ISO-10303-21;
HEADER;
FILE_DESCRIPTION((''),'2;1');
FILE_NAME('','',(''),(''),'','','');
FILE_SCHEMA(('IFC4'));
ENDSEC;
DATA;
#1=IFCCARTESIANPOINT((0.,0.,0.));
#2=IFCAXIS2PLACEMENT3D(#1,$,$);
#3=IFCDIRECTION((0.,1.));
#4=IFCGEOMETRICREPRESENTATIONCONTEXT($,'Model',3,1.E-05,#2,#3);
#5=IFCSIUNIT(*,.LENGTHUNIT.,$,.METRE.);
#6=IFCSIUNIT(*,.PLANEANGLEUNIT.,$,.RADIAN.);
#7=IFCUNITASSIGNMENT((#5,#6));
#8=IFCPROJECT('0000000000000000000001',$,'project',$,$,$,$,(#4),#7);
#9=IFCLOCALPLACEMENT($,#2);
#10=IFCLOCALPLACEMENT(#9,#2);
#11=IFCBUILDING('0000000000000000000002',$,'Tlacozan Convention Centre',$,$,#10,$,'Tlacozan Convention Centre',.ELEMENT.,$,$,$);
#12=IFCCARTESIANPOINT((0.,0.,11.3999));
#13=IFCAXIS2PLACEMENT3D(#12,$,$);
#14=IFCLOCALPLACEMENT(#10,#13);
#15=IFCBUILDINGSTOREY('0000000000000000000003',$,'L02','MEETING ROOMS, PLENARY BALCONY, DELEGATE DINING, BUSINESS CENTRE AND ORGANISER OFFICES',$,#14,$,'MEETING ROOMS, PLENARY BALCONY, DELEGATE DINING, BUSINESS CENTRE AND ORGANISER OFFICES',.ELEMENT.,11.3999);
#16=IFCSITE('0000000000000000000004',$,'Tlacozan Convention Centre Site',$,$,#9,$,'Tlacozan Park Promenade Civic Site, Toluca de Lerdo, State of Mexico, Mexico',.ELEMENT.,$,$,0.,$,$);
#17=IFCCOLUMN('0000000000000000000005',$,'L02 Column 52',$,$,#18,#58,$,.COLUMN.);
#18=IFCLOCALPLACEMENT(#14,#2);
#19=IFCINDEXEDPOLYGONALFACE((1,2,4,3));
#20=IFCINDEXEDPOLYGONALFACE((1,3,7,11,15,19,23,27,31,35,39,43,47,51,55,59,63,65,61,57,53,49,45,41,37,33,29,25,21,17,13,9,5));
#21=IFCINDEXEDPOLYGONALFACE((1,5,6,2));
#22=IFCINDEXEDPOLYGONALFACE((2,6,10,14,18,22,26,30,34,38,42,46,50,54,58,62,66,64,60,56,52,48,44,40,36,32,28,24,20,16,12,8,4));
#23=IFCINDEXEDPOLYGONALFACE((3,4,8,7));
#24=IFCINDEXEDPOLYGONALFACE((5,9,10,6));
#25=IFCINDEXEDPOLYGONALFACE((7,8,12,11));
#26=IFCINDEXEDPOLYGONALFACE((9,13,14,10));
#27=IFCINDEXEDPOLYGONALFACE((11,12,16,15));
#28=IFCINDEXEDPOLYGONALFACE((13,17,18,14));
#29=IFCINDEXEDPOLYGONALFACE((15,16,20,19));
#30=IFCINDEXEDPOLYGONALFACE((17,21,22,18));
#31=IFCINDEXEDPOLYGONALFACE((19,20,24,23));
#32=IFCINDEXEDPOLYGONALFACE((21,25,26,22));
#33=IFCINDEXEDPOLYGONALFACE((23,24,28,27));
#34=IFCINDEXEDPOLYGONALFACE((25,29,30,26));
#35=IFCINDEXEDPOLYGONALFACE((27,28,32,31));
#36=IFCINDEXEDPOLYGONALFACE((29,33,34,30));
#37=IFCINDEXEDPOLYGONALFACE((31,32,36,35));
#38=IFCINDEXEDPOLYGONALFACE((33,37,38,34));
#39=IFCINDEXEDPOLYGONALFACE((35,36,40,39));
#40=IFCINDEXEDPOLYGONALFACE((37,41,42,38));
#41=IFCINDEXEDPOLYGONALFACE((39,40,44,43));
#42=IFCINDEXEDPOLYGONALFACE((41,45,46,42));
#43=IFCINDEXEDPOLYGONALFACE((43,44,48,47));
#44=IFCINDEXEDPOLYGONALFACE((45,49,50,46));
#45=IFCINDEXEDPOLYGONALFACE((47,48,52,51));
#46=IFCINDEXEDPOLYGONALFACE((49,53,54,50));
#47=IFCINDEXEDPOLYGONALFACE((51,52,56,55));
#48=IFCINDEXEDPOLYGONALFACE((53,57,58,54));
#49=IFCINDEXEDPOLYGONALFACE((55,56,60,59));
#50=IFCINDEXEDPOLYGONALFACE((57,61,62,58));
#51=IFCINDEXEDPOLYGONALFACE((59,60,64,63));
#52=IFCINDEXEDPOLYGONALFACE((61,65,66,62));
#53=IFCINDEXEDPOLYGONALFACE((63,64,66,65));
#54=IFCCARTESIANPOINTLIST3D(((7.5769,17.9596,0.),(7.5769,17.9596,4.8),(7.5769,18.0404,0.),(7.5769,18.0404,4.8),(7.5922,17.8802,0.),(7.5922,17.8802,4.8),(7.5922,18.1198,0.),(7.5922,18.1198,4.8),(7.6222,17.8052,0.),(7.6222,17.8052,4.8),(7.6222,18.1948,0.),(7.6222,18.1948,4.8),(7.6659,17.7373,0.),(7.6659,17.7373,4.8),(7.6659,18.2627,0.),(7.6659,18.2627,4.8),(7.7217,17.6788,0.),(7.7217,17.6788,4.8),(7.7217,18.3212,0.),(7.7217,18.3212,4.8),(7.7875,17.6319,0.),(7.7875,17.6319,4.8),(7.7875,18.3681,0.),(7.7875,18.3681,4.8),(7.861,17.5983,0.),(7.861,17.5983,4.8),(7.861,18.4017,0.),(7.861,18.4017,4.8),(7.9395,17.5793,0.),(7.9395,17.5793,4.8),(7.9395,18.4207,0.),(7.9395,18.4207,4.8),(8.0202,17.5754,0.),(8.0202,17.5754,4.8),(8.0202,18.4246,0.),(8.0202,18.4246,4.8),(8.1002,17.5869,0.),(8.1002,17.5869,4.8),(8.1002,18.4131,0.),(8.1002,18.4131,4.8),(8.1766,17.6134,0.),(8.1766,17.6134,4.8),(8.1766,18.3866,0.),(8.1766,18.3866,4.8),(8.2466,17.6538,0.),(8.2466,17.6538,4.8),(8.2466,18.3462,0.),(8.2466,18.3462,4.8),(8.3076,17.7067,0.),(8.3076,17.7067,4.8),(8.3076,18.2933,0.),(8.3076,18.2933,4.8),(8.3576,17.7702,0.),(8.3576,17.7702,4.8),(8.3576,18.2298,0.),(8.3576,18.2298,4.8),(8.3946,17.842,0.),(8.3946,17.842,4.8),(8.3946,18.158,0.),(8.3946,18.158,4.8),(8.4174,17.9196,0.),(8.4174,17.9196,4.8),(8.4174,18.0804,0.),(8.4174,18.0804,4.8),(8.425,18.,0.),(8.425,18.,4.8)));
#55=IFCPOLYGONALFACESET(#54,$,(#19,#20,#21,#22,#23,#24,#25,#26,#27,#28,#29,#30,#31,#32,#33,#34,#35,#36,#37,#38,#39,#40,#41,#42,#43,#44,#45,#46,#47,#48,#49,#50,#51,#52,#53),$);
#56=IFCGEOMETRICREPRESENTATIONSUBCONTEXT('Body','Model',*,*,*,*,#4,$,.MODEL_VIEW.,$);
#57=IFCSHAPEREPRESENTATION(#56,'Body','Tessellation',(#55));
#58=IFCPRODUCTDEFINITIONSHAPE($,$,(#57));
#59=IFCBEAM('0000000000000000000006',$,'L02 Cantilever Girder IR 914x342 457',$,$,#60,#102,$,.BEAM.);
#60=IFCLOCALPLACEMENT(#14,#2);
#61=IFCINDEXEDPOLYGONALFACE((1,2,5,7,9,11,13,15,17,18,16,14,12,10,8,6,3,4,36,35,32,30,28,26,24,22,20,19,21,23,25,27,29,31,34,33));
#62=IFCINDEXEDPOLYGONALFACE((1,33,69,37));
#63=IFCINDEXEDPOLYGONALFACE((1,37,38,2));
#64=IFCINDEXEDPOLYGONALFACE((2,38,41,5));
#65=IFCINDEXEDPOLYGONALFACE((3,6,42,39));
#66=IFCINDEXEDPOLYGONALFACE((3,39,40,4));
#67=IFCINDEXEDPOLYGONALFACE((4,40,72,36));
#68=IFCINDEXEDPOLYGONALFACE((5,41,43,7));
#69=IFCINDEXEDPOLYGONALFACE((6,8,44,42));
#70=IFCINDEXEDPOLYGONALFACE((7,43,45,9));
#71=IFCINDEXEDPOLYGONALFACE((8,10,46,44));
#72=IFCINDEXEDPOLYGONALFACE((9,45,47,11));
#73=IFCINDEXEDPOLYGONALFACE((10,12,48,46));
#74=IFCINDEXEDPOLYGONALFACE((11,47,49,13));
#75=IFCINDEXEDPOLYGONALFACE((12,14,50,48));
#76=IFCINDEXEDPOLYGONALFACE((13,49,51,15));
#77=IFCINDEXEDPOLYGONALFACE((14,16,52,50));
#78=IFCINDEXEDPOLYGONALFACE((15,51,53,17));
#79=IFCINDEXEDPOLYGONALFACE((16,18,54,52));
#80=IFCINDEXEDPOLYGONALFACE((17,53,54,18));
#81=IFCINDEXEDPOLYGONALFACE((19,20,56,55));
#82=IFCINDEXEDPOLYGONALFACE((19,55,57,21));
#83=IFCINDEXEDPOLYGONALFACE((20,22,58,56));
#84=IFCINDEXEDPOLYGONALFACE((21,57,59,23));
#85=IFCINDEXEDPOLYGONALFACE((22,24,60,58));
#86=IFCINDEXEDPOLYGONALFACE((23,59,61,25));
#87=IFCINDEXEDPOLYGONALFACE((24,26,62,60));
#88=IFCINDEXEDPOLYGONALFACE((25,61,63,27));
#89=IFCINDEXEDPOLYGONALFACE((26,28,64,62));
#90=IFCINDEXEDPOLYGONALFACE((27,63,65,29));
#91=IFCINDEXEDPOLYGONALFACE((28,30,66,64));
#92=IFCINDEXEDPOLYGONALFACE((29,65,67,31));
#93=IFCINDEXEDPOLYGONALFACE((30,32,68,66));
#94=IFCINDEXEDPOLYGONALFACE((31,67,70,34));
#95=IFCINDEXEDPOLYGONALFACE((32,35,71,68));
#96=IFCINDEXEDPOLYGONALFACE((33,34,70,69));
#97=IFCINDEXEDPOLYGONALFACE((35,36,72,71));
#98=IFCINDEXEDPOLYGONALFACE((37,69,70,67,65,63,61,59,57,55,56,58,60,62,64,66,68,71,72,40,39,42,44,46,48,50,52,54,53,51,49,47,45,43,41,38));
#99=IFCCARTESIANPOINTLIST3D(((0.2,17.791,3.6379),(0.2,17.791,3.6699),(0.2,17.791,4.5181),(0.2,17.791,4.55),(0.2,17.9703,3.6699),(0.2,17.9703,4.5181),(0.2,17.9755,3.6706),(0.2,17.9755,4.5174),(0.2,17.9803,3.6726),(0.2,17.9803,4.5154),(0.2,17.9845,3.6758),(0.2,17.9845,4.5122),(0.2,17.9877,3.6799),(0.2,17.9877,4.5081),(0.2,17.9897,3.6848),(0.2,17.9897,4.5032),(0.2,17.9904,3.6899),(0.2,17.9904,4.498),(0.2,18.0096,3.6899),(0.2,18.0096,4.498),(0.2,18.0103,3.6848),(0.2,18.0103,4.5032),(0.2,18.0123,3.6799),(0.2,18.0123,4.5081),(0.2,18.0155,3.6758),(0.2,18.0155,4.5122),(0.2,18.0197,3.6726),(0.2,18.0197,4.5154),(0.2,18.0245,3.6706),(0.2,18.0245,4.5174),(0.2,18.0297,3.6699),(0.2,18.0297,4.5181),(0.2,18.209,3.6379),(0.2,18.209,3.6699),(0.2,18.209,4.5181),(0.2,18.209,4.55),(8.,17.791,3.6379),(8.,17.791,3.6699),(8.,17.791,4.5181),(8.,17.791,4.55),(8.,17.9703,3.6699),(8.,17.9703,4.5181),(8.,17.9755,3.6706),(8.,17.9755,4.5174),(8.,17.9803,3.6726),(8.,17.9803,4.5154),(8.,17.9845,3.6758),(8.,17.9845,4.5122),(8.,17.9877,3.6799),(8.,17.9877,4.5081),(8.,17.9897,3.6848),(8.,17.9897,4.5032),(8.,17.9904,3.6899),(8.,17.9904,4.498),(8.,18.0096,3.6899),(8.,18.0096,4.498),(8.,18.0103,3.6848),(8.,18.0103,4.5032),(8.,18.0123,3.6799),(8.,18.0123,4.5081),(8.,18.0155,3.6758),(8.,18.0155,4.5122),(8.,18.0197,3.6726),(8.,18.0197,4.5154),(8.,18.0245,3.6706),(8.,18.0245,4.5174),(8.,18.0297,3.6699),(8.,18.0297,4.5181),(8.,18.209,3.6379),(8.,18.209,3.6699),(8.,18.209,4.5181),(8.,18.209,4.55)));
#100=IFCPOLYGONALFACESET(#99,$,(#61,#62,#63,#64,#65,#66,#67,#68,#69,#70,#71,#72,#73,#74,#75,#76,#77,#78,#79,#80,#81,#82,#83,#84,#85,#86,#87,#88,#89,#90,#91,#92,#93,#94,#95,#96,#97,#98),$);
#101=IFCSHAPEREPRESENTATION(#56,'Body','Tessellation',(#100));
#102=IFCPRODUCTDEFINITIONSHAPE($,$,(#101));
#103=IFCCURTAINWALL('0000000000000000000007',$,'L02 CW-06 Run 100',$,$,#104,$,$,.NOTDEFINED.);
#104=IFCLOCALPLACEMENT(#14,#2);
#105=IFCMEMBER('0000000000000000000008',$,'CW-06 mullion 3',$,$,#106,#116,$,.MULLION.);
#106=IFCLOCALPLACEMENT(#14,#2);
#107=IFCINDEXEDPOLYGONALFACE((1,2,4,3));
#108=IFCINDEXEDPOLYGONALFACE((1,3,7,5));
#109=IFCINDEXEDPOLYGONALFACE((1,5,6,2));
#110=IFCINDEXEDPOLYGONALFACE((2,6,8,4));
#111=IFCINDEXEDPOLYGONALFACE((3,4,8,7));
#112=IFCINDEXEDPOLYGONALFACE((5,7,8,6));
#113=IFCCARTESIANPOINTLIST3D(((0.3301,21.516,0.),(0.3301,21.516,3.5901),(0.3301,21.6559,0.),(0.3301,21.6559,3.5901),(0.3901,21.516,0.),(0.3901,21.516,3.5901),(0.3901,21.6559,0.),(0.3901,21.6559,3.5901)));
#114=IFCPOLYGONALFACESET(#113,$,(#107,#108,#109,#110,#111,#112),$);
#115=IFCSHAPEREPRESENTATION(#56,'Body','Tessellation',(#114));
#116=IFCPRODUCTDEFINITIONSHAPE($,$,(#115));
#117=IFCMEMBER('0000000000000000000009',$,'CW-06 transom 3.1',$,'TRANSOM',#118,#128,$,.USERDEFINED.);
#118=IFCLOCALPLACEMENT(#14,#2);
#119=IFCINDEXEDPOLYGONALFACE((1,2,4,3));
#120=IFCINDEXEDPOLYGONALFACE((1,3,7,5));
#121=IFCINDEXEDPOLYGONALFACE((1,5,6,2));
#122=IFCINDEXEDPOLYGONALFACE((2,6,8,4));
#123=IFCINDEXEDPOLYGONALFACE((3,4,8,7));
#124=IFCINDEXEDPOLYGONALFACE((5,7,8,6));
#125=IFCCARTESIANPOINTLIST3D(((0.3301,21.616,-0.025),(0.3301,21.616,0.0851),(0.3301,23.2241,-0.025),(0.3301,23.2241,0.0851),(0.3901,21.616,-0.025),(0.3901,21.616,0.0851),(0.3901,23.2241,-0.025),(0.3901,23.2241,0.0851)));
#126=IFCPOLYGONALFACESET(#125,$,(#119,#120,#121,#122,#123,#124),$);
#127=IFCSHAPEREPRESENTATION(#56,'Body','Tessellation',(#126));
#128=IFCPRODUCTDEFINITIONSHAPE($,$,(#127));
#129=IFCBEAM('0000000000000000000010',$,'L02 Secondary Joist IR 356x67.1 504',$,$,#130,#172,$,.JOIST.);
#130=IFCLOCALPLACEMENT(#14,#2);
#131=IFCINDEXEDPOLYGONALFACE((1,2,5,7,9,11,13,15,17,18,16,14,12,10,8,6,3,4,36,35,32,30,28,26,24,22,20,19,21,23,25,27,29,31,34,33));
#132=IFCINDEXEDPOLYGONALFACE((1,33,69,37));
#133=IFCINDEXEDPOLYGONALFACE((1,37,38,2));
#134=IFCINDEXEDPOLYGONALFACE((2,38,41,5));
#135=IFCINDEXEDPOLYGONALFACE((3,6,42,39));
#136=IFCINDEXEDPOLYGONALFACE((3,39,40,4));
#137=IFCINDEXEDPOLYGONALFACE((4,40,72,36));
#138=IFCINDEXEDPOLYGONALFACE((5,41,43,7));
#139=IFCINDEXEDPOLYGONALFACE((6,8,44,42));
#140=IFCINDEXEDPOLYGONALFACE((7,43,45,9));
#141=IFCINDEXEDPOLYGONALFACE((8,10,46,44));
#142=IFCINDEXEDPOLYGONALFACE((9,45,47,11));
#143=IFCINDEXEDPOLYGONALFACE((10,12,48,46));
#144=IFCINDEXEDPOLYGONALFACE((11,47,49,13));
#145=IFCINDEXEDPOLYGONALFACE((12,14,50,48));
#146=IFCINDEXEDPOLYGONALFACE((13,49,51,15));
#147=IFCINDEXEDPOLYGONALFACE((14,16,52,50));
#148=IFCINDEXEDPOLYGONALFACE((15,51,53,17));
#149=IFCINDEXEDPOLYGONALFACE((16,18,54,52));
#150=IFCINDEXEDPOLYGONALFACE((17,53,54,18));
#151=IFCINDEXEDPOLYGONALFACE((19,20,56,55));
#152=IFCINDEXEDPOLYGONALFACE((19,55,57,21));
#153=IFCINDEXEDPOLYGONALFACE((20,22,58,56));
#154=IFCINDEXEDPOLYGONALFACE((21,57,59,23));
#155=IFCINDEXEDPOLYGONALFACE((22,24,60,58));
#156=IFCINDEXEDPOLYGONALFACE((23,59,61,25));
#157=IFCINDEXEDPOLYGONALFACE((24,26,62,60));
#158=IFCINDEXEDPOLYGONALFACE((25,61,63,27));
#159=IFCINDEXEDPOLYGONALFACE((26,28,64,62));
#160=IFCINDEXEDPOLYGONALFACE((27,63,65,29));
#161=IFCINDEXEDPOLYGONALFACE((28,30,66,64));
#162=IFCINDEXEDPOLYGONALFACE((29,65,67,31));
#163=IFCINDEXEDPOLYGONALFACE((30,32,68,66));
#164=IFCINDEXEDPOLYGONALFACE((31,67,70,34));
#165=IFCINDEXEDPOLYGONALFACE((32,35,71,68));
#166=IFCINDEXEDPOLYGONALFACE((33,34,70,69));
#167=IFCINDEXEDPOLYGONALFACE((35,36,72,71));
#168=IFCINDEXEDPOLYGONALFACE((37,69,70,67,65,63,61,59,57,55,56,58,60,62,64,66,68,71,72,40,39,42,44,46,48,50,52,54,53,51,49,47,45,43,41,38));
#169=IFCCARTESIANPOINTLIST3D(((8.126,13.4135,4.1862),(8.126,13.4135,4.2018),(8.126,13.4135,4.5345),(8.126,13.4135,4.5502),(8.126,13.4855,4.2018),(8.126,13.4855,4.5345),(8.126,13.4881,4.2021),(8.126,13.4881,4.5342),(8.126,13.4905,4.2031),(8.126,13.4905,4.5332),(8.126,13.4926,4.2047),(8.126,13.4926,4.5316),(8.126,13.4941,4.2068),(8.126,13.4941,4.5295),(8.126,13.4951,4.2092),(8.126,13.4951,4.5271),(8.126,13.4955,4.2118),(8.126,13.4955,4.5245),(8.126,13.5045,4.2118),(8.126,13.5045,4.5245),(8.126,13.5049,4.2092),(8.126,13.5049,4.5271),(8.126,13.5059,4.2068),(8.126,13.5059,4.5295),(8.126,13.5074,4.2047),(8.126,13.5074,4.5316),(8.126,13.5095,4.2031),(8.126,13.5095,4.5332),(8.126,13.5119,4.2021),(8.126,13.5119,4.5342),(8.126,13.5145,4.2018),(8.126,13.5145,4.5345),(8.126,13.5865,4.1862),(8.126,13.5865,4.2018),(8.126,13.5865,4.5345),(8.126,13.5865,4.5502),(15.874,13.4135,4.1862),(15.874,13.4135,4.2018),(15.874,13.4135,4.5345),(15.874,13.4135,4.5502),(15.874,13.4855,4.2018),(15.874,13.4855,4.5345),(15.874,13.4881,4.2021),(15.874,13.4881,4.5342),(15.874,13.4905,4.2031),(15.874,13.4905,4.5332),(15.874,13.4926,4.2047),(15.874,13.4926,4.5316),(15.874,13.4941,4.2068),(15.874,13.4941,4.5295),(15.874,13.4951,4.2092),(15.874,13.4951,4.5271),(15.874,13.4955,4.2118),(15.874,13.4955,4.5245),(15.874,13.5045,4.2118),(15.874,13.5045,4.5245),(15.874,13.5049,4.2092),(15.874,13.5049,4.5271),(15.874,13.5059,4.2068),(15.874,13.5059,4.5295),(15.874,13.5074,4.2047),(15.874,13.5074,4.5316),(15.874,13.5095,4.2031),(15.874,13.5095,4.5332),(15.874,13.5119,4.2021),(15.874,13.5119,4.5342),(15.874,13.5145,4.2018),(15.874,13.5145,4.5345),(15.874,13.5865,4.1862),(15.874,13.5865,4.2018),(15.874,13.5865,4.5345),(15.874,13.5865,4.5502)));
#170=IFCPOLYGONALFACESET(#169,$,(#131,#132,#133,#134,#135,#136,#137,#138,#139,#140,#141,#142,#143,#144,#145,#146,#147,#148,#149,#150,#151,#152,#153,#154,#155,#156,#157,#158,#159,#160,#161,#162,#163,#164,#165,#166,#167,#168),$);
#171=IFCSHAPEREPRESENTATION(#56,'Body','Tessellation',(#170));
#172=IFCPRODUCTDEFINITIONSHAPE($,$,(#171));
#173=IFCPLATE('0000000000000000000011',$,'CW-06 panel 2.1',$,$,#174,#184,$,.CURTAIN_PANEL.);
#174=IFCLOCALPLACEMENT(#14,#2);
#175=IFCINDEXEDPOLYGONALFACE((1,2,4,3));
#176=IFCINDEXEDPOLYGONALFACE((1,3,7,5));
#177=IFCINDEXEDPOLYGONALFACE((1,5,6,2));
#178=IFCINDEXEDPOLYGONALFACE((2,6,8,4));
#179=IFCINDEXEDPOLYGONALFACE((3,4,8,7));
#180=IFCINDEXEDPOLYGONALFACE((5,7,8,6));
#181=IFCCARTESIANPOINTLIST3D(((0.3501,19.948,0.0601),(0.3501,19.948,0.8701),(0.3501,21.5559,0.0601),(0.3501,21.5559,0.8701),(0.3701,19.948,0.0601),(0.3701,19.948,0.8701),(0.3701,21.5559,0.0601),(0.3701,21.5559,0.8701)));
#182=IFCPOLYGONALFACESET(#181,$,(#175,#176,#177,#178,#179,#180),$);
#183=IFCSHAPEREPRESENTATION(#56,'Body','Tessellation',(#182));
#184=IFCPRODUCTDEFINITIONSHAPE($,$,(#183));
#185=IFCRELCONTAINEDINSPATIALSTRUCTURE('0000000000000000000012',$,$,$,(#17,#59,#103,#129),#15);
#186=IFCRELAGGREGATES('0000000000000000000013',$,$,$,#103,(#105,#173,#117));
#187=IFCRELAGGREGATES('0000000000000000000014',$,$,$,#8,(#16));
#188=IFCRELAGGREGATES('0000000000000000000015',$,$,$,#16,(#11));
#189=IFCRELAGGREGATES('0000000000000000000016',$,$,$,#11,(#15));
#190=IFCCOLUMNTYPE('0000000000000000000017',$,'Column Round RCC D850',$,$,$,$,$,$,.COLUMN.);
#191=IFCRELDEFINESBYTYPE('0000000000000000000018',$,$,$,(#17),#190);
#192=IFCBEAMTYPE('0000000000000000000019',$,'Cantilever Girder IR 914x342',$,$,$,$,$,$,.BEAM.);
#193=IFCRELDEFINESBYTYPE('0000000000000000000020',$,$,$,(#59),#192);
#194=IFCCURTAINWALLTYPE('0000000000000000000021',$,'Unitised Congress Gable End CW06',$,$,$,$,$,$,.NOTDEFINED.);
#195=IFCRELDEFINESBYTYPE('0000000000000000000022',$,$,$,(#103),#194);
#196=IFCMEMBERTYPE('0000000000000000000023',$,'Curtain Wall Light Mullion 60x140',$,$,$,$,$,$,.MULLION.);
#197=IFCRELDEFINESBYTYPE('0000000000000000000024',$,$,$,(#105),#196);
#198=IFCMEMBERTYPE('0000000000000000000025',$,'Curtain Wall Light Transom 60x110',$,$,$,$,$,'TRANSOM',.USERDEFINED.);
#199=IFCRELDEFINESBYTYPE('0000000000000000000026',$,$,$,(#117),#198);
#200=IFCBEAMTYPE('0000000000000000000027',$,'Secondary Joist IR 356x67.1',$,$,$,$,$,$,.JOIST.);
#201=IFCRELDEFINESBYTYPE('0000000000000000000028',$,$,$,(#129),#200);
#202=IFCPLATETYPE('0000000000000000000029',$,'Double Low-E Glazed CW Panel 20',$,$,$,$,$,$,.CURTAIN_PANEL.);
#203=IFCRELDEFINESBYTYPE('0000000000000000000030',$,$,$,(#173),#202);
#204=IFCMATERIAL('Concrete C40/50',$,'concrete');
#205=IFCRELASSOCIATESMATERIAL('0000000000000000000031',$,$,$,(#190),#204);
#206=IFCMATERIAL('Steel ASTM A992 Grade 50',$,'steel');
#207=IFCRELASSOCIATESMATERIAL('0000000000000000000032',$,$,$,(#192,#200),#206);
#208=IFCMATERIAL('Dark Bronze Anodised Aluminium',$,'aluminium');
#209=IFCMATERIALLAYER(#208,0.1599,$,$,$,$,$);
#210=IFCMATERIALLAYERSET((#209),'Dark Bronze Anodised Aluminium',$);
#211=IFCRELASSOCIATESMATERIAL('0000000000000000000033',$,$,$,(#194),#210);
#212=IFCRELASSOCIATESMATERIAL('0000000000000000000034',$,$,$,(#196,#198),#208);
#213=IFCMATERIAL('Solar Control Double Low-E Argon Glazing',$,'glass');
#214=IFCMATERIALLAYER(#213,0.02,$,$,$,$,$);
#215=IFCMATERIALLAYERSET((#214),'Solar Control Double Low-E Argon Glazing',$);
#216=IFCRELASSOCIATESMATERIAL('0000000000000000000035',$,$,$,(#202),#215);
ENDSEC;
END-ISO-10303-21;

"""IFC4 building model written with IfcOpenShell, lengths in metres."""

from ifc_helpers import new_model, si_unit, direction, frame, origin, origin_2d, place, context, subcontext, project, spatial, rectangle, circle, i_section, extrude, material, layer, layer_set, material_profile, profile_set, type_object, element, aggregate, save


model = new_model("IFC4")

# Units and contexts
model_context = context("Model", 3, precision=1e-05, world=origin(), true_north=direction((0.0, 1.0)))
body_context = subcontext(model_context, "Body", "Model", "MODEL_VIEW")
ifc_project = project(units=[si_unit("LENGTHUNIT", "METRE"), si_unit("PLANEANGLEUNIT", "RADIAN")], contexts=[model_context])

# Site, building, storey
site_placement = place(None, origin())
site = spatial("IfcSite", under=ifc_project, at=site_placement, Name="Tlacozan Convention Centre Site", LongName="Tlacozan Park Promenade Civic Site, Toluca de Lerdo, State of Mexico, Mexico", CompositionType="ELEMENT", RefElevation=0.0)
building_placement = place(site_placement, origin())
building = spatial("IfcBuilding", under=site, at=building_placement, Name="Tlacozan Convention Centre", LongName="Tlacozan Convention Centre", CompositionType="ELEMENT")
storey_placement = place(building_placement, frame((0.0, 0.0, 11.3999)))
storey = spatial("IfcBuildingStorey", under=building, at=storey_placement, Name="L02", Description="MEETING ROOMS, PLENARY BALCONY, DELEGATE DINING, BUSINESS CENTRE AND ORGANISER OFFICES", LongName="MEETING ROOMS, PLENARY BALCONY, DELEGATE DINING, BUSINESS CENTRE AND ORGANISER OFFICES", CompositionType="ELEMENT", Elevation=11.3999)

# Column
ifc_material_1 = material(Name="Concrete C40/50", Category="concrete")
ifc_material_profile_1 = material_profile(ifc_material_1, circle(Radius=0.425, at=origin_2d()), Name="RCC D850")
ifc_profile_set_1 = profile_set([ifc_material_profile_1], Name="Concrete C40/50")
column_type = type_object("IfcColumnType", Name="Column Round RCC D850", PredefinedType="COLUMN", material=ifc_profile_set_1)
column_placement = place(storey_placement, frame((8.0, 18.0, 0.0), z_axis=(0.0, 0.0, 1.0), x_axis=(1.0, 0.0, 0.0)))
element("IfcColumn", 1, at=column_placement, inside=storey, type_object=column_type, Name="L02 Column 52", PredefinedType="COLUMN", context=body_context, shape_type="SweptSolid", body=[
    extrude(circle(Radius=0.425, at=origin_2d()), origin(), (0.0, 0.0, 1.0), 4.8),
])

# Beam
ifc_material_2 = material(Name="Steel ASTM A992 Grade 50", Category="steel")
ifc_material_profile_2 = material_profile(ifc_material_2, i_section(OverallWidth=0.418, OverallDepth=0.9121, WebThickness=0.0193, FlangeThickness=0.032, FilletRadius=0.02, at=origin_2d()), Name="IR 914x342.0")
ifc_profile_set_2 = profile_set([ifc_material_profile_2], Name="Steel ASTM A992 Grade 50")
beam_type_1 = type_object("IfcBeamType", Name="Cantilever Girder IR 914x342", PredefinedType="BEAM", material=ifc_profile_set_2)
beam_1_placement = place(storey_placement, frame((8.0, 18.0, 4.094), z_axis=(-1.0, 0.0, 0.0), x_axis=(0.0, -1.0, 0.0)))
element("IfcBeam", 2, at=beam_1_placement, inside=storey, type_object=beam_type_1, Name="L02 Cantilever Girder IR 914x342 457", PredefinedType="BEAM", context=body_context, shape_type="SweptSolid", body=[
    extrude(i_section(OverallWidth=0.418, OverallDepth=0.9121, WebThickness=0.0193, FlangeThickness=0.032, FilletRadius=0.02, at=origin_2d()), origin(), (0.0, 0.0, 1.0), 7.8),
])

# Curtain wall, members
ifc_material_3 = material(Name="Dark Bronze Anodised Aluminium", Category="aluminium")
ifc_layer_1 = layer(ifc_material_3, 0.1599)
ifc_layer_set_1 = layer_set([ifc_layer_1], Name="Dark Bronze Anodised Aluminium")
curtain_wall_type = type_object("IfcCurtainWallType", Name="Unitised Congress Gable End CW06", PredefinedType="NOTDEFINED", material=ifc_layer_set_1)
curtain_wall_placement = place(storey_placement, origin())
curtain_wall = element("IfcCurtainWall", 3, at=curtain_wall_placement, inside=storey, type_object=curtain_wall_type, Name="L02 CW-06 Run 100", PredefinedType="NOTDEFINED")
ifc_material_profile_3 = material_profile(ifc_material_3, rectangle(XDim=0.0601, YDim=0.1399, at=origin_2d()), Name="ALU 60x140")
ifc_profile_set_3 = profile_set([ifc_material_profile_3], Name="Dark Bronze Anodised Aluminium")
member_type_1 = type_object("IfcMemberType", Name="Curtain Wall Light Mullion 60x140", PredefinedType="MULLION", material=ifc_profile_set_3)
member_1_placement = place(storey_placement, frame((0.3601, 21.5859, 0.0), z_axis=(0.0, 0.0, 1.0), x_axis=(-1.0, 0.0, 0.0)))
member_1 = element("IfcMember", 4, at=member_1_placement, type_object=member_type_1, Name="CW-06 mullion 3", PredefinedType="MULLION", context=body_context, shape_type="SweptSolid", body=[
    extrude(rectangle(XDim=0.0601, YDim=0.1399, at=origin_2d()), origin(), (0.0, 0.0, 1.0), 3.5901),
])
ifc_material_profile_4 = material_profile(ifc_material_3, rectangle(XDim=0.0601, YDim=0.1101, at=origin_2d()), Name="ALU 60x110")
ifc_profile_set_4 = profile_set([ifc_material_profile_4], Name="Dark Bronze Anodised Aluminium")
member_type_2 = type_object("IfcMemberType", Name="Curtain Wall Light Transom 60x110", ElementType="TRANSOM", PredefinedType="USERDEFINED", material=ifc_profile_set_4)
member_2_placement = place(storey_placement, frame((0.3601, 21.616, 0.03), z_axis=(0.0, 1.0, 0.0), x_axis=(-1.0, 0.0, 0.0)))
member_2 = element("IfcMember", 5, at=member_2_placement, type_object=member_type_2, Name="CW-06 transom 3.1", ObjectType="TRANSOM", PredefinedType="USERDEFINED", context=body_context, shape_type="SweptSolid", body=[
    extrude(rectangle(XDim=0.0601, YDim=0.1101, at=origin_2d()), origin(), (0.0, 0.0, 1.0), 1.6082),
])

# Beam
ifc_material_profile_5 = material_profile(ifc_material_2, i_section(OverallWidth=0.1731, OverallDepth=0.364, WebThickness=0.009, FlangeThickness=0.0156, FilletRadius=0.01, at=origin_2d()), Name="IR 356x67.1")
ifc_profile_set_5 = profile_set([ifc_material_profile_5], Name="Steel ASTM A992 Grade 50")
beam_type_2 = type_object("IfcBeamType", Name="Secondary Joist IR 356x67.1", PredefinedType="JOIST", material=ifc_profile_set_5)
beam_2_placement = place(storey_placement, frame((8.126, 13.5, 4.3682), z_axis=(1.0, 0.0, 0.0), x_axis=(0.0, 1.0, 0.0)))
element("IfcBeam", 6, at=beam_2_placement, inside=storey, type_object=beam_type_2, Name="L02 Secondary Joist IR 356x67.1 504", PredefinedType="JOIST", context=body_context, shape_type="SweptSolid", body=[
    extrude(i_section(OverallWidth=0.1731, OverallDepth=0.364, WebThickness=0.009, FlangeThickness=0.0156, FilletRadius=0.01, at=origin_2d()), origin(), (0.0, 0.0, 1.0), 7.748),
])

# Plate
ifc_material_4 = material(Name="Solar Control Double Low-E Argon Glazing", Category="glass")
ifc_layer_2 = layer(ifc_material_4, 0.02)
ifc_layer_set_2 = layer_set([ifc_layer_2], Name="Solar Control Double Low-E Argon Glazing")
plate_type = type_object("IfcPlateType", Name="Double Low-E Glazed CW Panel 20", PredefinedType="CURTAIN_PANEL", material=ifc_layer_set_2)
plate_1_placement = place(storey_placement, frame((0.3601, 20.752, 0.0601), z_axis=(0.0, 0.0, 1.0), x_axis=(0.0, 1.0, 0.0)))
plate_1 = element("IfcPlate", 7, at=plate_1_placement, type_object=plate_type, Name="CW-06 panel 2.1", PredefinedType="CURTAIN_PANEL", context=body_context, shape_type="SweptSolid", body=[
    extrude(rectangle(XDim=1.6079, YDim=0.02, at=origin_2d()), origin(), (0.0, 0.0, 1.0), 0.8101),
])
aggregate(curtain_wall, [member_1, plate_1, member_2])

save(model, "model.ifc")
